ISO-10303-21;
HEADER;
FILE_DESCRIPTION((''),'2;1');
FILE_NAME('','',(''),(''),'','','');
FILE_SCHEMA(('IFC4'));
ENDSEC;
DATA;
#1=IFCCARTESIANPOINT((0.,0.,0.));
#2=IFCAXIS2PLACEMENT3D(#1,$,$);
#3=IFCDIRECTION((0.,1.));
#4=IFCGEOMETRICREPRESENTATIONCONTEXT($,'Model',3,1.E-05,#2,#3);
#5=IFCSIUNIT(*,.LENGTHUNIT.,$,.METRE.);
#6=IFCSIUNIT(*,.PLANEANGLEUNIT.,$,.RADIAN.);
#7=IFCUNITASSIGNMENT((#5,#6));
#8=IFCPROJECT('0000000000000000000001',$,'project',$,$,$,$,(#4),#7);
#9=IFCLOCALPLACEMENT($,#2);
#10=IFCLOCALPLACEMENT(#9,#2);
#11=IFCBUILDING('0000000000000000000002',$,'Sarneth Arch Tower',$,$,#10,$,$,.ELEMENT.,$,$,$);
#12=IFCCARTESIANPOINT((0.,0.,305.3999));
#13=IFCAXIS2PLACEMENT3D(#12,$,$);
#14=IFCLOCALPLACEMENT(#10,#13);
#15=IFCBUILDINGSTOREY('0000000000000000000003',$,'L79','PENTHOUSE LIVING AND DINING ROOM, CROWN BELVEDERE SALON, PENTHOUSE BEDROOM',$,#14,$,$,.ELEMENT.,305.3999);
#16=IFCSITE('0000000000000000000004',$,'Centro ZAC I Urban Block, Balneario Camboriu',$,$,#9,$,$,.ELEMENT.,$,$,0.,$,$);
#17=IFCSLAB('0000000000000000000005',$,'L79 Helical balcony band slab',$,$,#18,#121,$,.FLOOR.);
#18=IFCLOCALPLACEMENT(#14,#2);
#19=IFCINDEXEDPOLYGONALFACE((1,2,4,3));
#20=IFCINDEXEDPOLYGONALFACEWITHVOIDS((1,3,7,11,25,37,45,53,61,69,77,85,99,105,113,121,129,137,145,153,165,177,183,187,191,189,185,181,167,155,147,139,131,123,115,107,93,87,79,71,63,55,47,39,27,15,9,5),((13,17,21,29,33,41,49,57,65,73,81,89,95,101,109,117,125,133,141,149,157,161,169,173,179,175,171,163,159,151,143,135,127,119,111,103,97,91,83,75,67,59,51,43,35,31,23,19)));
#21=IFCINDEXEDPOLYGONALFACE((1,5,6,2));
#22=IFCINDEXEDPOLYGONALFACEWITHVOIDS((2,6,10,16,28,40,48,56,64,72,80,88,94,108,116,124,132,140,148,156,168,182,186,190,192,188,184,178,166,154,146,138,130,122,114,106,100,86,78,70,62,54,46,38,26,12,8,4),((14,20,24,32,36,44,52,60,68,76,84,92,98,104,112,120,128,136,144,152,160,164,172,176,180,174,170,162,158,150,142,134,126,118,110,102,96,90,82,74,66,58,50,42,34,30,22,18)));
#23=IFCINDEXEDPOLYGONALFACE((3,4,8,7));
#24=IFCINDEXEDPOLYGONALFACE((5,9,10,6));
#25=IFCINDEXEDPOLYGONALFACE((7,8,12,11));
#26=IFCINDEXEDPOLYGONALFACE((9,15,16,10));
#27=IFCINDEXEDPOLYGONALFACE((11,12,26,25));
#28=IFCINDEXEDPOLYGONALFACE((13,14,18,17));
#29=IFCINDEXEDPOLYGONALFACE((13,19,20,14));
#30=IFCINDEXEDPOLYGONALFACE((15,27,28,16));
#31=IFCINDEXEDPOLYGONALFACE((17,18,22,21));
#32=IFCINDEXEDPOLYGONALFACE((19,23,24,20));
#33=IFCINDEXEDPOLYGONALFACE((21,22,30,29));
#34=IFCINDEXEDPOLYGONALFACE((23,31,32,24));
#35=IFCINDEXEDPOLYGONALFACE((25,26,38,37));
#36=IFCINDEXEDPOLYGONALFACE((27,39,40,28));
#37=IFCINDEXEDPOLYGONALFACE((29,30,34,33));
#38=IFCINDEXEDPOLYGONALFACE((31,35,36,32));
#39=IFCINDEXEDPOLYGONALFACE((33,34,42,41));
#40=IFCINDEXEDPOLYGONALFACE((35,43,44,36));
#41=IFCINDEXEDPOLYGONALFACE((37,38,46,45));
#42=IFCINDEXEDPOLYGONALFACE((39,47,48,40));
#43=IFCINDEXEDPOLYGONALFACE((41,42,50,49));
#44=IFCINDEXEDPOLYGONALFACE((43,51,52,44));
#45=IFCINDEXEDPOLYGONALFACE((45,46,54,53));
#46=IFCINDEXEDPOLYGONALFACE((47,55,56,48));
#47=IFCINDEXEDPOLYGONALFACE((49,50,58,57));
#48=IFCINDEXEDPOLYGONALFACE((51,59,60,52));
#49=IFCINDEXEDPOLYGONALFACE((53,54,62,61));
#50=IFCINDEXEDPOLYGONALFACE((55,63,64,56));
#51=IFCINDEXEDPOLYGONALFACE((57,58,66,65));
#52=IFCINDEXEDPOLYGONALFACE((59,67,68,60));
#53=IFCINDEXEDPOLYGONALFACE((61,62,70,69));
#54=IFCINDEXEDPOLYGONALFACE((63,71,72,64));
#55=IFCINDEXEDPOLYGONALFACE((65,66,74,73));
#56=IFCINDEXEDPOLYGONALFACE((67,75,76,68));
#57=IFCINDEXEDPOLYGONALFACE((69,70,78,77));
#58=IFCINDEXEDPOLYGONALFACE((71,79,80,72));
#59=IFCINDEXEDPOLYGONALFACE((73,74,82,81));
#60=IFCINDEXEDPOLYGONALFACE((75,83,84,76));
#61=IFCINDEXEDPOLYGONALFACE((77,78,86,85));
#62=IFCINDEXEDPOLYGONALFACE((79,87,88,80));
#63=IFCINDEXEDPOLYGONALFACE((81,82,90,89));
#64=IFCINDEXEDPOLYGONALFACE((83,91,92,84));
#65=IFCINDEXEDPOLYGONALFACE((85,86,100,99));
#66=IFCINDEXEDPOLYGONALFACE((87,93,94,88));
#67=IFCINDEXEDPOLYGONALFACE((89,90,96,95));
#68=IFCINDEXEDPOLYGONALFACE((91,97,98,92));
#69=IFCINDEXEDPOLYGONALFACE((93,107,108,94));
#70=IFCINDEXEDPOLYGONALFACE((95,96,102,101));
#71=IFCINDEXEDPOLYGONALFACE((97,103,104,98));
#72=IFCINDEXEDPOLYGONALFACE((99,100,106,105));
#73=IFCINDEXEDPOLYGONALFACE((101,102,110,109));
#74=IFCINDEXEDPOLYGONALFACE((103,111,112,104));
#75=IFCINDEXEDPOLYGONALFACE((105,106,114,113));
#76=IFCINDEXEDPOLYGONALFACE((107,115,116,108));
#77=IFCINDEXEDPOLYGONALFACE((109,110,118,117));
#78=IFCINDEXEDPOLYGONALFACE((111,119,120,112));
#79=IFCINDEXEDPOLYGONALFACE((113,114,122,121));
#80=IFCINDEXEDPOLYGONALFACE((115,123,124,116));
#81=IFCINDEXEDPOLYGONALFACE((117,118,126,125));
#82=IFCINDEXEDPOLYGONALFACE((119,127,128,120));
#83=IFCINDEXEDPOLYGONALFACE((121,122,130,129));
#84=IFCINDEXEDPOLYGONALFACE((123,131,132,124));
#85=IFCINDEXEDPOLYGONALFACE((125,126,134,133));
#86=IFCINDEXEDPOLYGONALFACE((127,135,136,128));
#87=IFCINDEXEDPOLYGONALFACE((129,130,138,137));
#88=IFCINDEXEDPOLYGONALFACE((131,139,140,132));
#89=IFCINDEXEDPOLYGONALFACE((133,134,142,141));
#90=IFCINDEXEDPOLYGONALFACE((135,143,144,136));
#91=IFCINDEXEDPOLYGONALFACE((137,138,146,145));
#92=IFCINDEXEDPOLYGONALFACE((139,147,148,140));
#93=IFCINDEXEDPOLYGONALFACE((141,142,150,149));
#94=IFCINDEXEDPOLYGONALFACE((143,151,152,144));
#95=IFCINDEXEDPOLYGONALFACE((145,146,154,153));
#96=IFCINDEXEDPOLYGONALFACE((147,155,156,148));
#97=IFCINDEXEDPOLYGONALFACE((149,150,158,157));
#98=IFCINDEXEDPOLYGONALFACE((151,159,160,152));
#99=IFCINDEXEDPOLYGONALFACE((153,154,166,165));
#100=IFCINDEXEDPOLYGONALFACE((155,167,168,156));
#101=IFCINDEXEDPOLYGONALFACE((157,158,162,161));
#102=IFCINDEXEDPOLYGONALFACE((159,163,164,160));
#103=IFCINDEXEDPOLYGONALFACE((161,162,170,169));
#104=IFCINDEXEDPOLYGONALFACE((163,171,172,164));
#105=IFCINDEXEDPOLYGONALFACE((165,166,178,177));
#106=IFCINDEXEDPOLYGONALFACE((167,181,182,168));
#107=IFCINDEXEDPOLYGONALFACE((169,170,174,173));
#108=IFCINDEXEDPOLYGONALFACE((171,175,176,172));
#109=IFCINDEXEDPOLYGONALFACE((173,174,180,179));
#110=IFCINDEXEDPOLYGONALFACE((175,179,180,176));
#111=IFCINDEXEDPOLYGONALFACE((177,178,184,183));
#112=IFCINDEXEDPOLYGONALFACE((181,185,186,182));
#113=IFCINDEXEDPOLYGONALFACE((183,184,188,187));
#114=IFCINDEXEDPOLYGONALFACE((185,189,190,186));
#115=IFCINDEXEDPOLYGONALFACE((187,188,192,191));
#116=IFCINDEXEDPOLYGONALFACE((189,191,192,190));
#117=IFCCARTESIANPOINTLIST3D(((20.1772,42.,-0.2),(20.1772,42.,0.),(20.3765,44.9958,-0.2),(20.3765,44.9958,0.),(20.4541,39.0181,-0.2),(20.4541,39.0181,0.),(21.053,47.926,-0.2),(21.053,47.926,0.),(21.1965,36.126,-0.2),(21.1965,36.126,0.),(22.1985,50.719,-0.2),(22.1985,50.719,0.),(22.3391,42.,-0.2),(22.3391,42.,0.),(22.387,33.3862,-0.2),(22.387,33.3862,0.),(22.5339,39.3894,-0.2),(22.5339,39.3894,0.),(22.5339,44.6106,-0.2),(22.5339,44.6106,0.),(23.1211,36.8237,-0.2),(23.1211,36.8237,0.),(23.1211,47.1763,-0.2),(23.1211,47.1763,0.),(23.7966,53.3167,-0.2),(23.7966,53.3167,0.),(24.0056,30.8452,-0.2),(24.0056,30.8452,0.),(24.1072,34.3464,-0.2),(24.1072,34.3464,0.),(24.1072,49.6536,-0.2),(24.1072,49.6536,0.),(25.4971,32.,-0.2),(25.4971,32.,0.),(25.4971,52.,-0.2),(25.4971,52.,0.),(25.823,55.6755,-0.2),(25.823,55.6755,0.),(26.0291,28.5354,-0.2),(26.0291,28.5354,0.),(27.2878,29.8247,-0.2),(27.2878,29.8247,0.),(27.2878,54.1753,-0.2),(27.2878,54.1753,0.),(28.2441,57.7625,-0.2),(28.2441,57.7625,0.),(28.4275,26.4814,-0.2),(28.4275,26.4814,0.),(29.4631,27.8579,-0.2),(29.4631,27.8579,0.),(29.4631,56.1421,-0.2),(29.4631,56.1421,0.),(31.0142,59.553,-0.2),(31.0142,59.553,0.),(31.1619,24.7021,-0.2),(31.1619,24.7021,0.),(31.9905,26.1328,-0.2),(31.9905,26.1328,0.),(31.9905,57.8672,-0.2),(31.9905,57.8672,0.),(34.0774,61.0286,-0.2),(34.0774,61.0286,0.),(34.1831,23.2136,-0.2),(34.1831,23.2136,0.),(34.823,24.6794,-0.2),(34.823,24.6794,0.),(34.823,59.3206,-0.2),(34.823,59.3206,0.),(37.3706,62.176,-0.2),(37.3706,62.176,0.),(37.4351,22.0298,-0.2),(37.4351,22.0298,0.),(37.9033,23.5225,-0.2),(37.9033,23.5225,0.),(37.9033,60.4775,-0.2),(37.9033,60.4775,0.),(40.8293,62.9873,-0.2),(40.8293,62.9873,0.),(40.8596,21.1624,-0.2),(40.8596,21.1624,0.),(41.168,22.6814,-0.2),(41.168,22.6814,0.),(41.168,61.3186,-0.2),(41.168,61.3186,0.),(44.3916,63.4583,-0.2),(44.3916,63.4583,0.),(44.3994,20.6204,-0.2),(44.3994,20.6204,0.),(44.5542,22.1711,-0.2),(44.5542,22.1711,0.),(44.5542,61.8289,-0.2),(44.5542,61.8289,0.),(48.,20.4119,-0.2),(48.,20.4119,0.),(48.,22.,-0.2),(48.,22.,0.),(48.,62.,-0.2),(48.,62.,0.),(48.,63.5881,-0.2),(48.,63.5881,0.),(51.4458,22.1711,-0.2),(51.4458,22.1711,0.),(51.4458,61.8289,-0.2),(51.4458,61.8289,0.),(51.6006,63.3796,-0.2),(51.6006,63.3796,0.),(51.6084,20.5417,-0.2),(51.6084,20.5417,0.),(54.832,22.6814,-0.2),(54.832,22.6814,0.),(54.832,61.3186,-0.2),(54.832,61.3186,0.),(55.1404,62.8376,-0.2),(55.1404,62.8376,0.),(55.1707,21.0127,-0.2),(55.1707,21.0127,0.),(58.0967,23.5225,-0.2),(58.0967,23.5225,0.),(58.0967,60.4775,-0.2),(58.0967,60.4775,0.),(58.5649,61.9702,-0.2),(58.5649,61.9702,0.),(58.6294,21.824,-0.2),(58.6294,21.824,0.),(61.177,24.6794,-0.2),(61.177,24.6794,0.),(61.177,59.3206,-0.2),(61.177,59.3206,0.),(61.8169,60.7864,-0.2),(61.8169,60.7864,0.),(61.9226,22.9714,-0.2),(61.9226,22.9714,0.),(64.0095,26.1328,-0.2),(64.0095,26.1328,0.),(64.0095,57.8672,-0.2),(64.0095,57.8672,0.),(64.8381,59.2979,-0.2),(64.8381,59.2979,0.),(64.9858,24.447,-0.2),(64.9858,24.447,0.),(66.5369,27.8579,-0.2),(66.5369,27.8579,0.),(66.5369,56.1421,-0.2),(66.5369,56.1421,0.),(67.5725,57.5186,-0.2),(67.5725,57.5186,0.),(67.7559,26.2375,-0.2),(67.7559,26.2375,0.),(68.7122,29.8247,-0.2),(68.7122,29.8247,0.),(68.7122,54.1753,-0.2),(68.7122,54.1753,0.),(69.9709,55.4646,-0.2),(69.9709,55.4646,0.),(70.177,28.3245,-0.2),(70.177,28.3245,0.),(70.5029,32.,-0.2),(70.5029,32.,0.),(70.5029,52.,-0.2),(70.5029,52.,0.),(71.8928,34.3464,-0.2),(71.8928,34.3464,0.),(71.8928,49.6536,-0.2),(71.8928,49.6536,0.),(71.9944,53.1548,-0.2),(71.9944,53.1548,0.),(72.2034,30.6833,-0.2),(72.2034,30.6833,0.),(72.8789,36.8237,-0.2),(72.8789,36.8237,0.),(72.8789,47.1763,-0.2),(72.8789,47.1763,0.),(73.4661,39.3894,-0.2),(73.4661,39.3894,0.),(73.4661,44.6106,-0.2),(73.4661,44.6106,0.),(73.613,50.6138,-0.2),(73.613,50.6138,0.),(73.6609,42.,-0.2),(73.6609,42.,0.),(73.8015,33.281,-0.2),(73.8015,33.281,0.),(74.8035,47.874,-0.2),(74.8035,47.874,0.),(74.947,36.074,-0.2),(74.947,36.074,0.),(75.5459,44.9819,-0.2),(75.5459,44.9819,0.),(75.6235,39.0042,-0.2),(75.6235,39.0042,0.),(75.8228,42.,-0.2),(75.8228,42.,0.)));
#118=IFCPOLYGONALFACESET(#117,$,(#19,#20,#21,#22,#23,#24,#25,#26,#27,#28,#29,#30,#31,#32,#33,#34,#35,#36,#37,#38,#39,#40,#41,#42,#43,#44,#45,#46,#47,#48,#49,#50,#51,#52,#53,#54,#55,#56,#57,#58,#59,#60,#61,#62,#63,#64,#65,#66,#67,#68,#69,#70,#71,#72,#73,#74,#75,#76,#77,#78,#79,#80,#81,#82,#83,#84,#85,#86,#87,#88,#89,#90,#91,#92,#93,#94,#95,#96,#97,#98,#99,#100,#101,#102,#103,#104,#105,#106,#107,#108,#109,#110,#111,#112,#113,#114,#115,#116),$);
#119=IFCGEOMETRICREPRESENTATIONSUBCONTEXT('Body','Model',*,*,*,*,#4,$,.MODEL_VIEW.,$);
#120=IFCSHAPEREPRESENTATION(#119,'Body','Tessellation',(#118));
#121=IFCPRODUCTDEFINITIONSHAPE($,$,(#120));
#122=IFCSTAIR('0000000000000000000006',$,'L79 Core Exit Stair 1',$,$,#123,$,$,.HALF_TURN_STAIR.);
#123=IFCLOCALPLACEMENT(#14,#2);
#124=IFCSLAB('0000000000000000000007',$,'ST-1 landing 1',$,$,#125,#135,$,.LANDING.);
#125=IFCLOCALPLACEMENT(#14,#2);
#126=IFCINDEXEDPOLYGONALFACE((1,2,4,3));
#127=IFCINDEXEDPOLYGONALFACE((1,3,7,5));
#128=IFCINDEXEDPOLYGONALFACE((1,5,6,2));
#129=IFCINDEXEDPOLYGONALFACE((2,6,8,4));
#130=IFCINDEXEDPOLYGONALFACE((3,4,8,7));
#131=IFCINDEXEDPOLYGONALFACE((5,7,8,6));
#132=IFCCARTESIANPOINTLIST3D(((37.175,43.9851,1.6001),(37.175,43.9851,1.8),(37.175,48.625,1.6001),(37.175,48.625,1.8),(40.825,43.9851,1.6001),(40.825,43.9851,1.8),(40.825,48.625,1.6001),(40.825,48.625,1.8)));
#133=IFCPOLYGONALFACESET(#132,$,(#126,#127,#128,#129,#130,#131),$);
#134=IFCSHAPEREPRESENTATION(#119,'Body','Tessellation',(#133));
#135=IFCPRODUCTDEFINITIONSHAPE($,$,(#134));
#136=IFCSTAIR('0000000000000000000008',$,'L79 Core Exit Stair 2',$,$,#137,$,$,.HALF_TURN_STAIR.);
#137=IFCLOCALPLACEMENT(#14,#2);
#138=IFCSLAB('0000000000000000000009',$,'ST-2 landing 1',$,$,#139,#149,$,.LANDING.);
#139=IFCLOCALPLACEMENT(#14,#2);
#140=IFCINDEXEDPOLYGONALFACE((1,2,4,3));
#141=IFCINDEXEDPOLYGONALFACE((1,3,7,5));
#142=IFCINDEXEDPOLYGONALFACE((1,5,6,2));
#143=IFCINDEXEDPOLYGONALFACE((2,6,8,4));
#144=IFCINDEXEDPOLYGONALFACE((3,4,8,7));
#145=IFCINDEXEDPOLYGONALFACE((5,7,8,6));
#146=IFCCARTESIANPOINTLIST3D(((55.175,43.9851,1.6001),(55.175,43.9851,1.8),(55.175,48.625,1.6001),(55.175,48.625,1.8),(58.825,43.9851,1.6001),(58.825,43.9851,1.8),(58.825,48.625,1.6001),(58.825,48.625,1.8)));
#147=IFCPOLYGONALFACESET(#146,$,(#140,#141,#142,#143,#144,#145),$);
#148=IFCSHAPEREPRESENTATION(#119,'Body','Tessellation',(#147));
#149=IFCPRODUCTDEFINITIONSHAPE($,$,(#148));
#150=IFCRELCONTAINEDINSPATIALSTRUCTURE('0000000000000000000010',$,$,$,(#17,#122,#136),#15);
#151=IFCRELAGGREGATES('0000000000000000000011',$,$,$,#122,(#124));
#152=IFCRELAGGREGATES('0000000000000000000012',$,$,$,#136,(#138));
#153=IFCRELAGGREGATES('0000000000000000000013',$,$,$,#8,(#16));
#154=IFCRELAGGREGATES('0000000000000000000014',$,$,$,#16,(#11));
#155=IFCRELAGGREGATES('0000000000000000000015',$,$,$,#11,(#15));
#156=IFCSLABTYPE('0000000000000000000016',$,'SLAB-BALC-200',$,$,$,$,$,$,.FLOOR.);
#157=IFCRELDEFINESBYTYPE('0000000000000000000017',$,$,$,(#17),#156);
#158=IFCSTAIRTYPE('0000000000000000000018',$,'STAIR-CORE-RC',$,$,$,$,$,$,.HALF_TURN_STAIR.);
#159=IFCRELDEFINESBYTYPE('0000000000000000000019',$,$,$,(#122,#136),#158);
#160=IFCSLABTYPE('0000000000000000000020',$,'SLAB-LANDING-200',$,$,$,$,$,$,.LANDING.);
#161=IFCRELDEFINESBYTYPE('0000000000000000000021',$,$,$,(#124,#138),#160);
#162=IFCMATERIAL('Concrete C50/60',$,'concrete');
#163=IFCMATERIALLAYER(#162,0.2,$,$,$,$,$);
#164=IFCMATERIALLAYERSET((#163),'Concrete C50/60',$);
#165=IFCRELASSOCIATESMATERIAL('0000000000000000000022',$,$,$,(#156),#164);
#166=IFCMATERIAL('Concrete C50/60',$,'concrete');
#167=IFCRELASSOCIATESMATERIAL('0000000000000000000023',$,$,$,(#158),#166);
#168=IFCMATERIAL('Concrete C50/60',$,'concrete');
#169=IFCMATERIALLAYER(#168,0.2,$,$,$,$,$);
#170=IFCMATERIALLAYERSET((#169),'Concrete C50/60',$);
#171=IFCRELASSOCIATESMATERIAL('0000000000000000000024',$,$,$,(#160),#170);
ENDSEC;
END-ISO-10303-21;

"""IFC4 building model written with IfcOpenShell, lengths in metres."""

from ifc_helpers import new_model, si_unit, direction, frame, origin, place, context, subcontext, project, spatial, polyline, outline, extrude, material, layer, layer_set, type_object, element, aggregate, save


model = new_model("IFC4")

# Units and contexts
model_context = context("Model", 3, precision=1e-05, world=origin(), true_north=direction((0.0, 1.0)))
body_context = subcontext(model_context, "Body", "Model", "MODEL_VIEW")
ifc_project = project(units=[si_unit("LENGTHUNIT", "METRE"), si_unit("PLANEANGLEUNIT", "RADIAN")], contexts=[model_context])

# Site, building, storey
site_placement = place(None, origin())
site = spatial("IfcSite", under=ifc_project, at=site_placement, Name="Centro ZAC I Urban Block, Balneario Camboriu", CompositionType="ELEMENT", RefElevation=0.0)
building_placement = place(site_placement, origin())
building = spatial("IfcBuilding", under=site, at=building_placement, Name="Sarneth Arch Tower", CompositionType="ELEMENT")
storey_placement = place(building_placement, frame((0.0, 0.0, 305.3999)))
storey = spatial("IfcBuildingStorey", under=building, at=storey_placement, Name="L79", Description="PENTHOUSE LIVING AND DINING ROOM, CROWN BELVEDERE SALON, PENTHOUSE BEDROOM", CompositionType="ELEMENT", Elevation=305.3999)

# Slab
ifc_material_1 = material(Name="Concrete C50/60", Category="concrete")
ifc_layer_1 = layer(ifc_material_1, 0.2)
ifc_layer_set_1 = layer_set([ifc_layer_1], Name="Concrete C50/60")
slab_type_1 = type_object("IfcSlabType", Name="SLAB-BALC-200", PredefinedType="FLOOR", material=ifc_layer_set_1)
slab_1_placement = place(storey_placement, frame((0.0, 0.0, -0.2)))
element("IfcSlab", 1, at=slab_1_placement, inside=storey, type_object=slab_type_1, Name="L79 Helical balcony band slab", PredefinedType="FLOOR", context=body_context, shape_type="SweptSolid", body=[
    extrude(outline(polyline([(75.8228, 42.0), (75.5459, 44.9819), (74.8035, 47.874), (73.613, 50.6138), (71.9944, 53.1548), (69.9709, 55.4646), (67.5725, 57.5186), (64.8381, 59.2979), (61.8169, 60.7864), (58.5649, 61.9702), (55.1404, 62.8376), (51.6006, 63.3796), (48.0, 63.5881), (44.3916, 63.4583), (40.8293, 62.9873), (37.3706, 62.176), (34.0774, 61.0286), (31.0142, 59.553), (28.2441, 57.7625), (25.823, 55.6755), (23.7966, 53.3167), (22.1985, 50.719), (21.053, 47.926), (20.3765, 44.9958), (20.1772, 42.0), (20.4541, 39.0181), (21.1965, 36.126), (22.387, 33.3862), (24.0056, 30.8452), (26.0291, 28.5354), (28.4275, 26.4814), (31.1619, 24.7021), (34.1831, 23.2136), (37.4351, 22.0298), (40.8596, 21.1624), (44.3994, 20.6204), (48.0, 20.4119), (51.6084, 20.5417), (55.1707, 21.0127), (58.6294, 21.824), (61.9226, 22.9714), (64.9858, 24.447), (67.7559, 26.2375), (70.177, 28.3245), (72.2034, 30.6833), (73.8015, 33.281), (74.947, 36.074), (75.6235, 39.0042), (75.8228, 42.0)]), holes=[polyline([(73.6609, 42.0), (73.4661, 44.6106), (72.8789, 47.1763), (71.8928, 49.6536), (70.5029, 52.0), (68.7122, 54.1753), (66.5369, 56.1421), (64.0095, 57.8672), (61.177, 59.3206), (58.0967, 60.4775), (54.832, 61.3186), (51.4458, 61.8289), (48.0, 62.0), (44.5542, 61.8289), (41.168, 61.3186), (37.9033, 60.4775), (34.823, 59.3206), (31.9905, 57.8672), (29.4631, 56.1421), (27.2878, 54.1753), (25.4971, 52.0), (24.1072, 49.6536), (23.1211, 47.1763), (22.5339, 44.6106), (22.3391, 42.0), (22.5339, 39.3894), (23.1211, 36.8237), (24.1072, 34.3464), (25.4971, 32.0), (27.2878, 29.8247), (29.4631, 27.8579), (31.9905, 26.1328), (34.823, 24.6794), (37.9033, 23.5225), (41.168, 22.6814), (44.5542, 22.1711), (48.0, 22.0), (51.4458, 22.1711), (54.832, 22.6814), (58.0967, 23.5225), (61.177, 24.6794), (64.0095, 26.1328), (66.5369, 27.8579), (68.7122, 29.8247), (70.5029, 32.0), (71.8928, 34.3464), (72.8789, 36.8237), (73.4661, 39.3894), (73.6609, 42.0)])]), origin(), (0.0, 0.0, 1.0), 0.2),
])

# Stairs, slabs
ifc_material_2 = material(Name="Concrete C50/60", Category="concrete")
stair_type = type_object("IfcStairType", Name="STAIR-CORE-RC", PredefinedType="HALF_TURN_STAIR", material=ifc_material_2)
stair_1_placement = place(storey_placement, origin())
stair_1 = element("IfcStair", 2, at=stair_1_placement, inside=storey, type_object=stair_type, Name="L79 Core Exit Stair 1", PredefinedType="HALF_TURN_STAIR")
ifc_material_3 = material(Name="Concrete C50/60", Category="concrete")
ifc_layer_2 = layer(ifc_material_3, 0.2)
ifc_layer_set_2 = layer_set([ifc_layer_2], Name="Concrete C50/60")
slab_type_2 = type_object("IfcSlabType", Name="SLAB-LANDING-200", PredefinedType="LANDING", material=ifc_layer_set_2)
slab_2_placement = place(storey_placement, frame((0.0, 0.0, 1.6001)))
slab_2 = element("IfcSlab", 3, at=slab_2_placement, type_object=slab_type_2, Name="ST-1 landing 1", PredefinedType="LANDING", context=body_context, shape_type="SweptSolid", body=[
    extrude(outline(polyline([(37.175, 43.9851), (40.825, 43.9851), (40.825, 48.625), (37.175, 48.625), (37.175, 43.9851)])), origin(), (0.0, 0.0, 1.0), 0.2),
])
aggregate(stair_1, [slab_2])
stair_2_placement = place(storey_placement, origin())
stair_2 = element("IfcStair", 4, at=stair_2_placement, inside=storey, type_object=stair_type, Name="L79 Core Exit Stair 2", PredefinedType="HALF_TURN_STAIR")
slab_3_placement = place(storey_placement, frame((0.0, 0.0, 1.6001)))
slab_3 = element("IfcSlab", 5, at=slab_3_placement, type_object=slab_type_2, Name="ST-2 landing 1", PredefinedType="LANDING", context=body_context, shape_type="SweptSolid", body=[
    extrude(outline(polyline([(55.175, 43.9851), (58.825, 43.9851), (58.825, 48.625), (55.175, 48.625), (55.175, 43.9851)])), origin(), (0.0, 0.0, 1.0), 0.2),
])
aggregate(stair_2, [slab_3])

save(model, "model.ifc")
